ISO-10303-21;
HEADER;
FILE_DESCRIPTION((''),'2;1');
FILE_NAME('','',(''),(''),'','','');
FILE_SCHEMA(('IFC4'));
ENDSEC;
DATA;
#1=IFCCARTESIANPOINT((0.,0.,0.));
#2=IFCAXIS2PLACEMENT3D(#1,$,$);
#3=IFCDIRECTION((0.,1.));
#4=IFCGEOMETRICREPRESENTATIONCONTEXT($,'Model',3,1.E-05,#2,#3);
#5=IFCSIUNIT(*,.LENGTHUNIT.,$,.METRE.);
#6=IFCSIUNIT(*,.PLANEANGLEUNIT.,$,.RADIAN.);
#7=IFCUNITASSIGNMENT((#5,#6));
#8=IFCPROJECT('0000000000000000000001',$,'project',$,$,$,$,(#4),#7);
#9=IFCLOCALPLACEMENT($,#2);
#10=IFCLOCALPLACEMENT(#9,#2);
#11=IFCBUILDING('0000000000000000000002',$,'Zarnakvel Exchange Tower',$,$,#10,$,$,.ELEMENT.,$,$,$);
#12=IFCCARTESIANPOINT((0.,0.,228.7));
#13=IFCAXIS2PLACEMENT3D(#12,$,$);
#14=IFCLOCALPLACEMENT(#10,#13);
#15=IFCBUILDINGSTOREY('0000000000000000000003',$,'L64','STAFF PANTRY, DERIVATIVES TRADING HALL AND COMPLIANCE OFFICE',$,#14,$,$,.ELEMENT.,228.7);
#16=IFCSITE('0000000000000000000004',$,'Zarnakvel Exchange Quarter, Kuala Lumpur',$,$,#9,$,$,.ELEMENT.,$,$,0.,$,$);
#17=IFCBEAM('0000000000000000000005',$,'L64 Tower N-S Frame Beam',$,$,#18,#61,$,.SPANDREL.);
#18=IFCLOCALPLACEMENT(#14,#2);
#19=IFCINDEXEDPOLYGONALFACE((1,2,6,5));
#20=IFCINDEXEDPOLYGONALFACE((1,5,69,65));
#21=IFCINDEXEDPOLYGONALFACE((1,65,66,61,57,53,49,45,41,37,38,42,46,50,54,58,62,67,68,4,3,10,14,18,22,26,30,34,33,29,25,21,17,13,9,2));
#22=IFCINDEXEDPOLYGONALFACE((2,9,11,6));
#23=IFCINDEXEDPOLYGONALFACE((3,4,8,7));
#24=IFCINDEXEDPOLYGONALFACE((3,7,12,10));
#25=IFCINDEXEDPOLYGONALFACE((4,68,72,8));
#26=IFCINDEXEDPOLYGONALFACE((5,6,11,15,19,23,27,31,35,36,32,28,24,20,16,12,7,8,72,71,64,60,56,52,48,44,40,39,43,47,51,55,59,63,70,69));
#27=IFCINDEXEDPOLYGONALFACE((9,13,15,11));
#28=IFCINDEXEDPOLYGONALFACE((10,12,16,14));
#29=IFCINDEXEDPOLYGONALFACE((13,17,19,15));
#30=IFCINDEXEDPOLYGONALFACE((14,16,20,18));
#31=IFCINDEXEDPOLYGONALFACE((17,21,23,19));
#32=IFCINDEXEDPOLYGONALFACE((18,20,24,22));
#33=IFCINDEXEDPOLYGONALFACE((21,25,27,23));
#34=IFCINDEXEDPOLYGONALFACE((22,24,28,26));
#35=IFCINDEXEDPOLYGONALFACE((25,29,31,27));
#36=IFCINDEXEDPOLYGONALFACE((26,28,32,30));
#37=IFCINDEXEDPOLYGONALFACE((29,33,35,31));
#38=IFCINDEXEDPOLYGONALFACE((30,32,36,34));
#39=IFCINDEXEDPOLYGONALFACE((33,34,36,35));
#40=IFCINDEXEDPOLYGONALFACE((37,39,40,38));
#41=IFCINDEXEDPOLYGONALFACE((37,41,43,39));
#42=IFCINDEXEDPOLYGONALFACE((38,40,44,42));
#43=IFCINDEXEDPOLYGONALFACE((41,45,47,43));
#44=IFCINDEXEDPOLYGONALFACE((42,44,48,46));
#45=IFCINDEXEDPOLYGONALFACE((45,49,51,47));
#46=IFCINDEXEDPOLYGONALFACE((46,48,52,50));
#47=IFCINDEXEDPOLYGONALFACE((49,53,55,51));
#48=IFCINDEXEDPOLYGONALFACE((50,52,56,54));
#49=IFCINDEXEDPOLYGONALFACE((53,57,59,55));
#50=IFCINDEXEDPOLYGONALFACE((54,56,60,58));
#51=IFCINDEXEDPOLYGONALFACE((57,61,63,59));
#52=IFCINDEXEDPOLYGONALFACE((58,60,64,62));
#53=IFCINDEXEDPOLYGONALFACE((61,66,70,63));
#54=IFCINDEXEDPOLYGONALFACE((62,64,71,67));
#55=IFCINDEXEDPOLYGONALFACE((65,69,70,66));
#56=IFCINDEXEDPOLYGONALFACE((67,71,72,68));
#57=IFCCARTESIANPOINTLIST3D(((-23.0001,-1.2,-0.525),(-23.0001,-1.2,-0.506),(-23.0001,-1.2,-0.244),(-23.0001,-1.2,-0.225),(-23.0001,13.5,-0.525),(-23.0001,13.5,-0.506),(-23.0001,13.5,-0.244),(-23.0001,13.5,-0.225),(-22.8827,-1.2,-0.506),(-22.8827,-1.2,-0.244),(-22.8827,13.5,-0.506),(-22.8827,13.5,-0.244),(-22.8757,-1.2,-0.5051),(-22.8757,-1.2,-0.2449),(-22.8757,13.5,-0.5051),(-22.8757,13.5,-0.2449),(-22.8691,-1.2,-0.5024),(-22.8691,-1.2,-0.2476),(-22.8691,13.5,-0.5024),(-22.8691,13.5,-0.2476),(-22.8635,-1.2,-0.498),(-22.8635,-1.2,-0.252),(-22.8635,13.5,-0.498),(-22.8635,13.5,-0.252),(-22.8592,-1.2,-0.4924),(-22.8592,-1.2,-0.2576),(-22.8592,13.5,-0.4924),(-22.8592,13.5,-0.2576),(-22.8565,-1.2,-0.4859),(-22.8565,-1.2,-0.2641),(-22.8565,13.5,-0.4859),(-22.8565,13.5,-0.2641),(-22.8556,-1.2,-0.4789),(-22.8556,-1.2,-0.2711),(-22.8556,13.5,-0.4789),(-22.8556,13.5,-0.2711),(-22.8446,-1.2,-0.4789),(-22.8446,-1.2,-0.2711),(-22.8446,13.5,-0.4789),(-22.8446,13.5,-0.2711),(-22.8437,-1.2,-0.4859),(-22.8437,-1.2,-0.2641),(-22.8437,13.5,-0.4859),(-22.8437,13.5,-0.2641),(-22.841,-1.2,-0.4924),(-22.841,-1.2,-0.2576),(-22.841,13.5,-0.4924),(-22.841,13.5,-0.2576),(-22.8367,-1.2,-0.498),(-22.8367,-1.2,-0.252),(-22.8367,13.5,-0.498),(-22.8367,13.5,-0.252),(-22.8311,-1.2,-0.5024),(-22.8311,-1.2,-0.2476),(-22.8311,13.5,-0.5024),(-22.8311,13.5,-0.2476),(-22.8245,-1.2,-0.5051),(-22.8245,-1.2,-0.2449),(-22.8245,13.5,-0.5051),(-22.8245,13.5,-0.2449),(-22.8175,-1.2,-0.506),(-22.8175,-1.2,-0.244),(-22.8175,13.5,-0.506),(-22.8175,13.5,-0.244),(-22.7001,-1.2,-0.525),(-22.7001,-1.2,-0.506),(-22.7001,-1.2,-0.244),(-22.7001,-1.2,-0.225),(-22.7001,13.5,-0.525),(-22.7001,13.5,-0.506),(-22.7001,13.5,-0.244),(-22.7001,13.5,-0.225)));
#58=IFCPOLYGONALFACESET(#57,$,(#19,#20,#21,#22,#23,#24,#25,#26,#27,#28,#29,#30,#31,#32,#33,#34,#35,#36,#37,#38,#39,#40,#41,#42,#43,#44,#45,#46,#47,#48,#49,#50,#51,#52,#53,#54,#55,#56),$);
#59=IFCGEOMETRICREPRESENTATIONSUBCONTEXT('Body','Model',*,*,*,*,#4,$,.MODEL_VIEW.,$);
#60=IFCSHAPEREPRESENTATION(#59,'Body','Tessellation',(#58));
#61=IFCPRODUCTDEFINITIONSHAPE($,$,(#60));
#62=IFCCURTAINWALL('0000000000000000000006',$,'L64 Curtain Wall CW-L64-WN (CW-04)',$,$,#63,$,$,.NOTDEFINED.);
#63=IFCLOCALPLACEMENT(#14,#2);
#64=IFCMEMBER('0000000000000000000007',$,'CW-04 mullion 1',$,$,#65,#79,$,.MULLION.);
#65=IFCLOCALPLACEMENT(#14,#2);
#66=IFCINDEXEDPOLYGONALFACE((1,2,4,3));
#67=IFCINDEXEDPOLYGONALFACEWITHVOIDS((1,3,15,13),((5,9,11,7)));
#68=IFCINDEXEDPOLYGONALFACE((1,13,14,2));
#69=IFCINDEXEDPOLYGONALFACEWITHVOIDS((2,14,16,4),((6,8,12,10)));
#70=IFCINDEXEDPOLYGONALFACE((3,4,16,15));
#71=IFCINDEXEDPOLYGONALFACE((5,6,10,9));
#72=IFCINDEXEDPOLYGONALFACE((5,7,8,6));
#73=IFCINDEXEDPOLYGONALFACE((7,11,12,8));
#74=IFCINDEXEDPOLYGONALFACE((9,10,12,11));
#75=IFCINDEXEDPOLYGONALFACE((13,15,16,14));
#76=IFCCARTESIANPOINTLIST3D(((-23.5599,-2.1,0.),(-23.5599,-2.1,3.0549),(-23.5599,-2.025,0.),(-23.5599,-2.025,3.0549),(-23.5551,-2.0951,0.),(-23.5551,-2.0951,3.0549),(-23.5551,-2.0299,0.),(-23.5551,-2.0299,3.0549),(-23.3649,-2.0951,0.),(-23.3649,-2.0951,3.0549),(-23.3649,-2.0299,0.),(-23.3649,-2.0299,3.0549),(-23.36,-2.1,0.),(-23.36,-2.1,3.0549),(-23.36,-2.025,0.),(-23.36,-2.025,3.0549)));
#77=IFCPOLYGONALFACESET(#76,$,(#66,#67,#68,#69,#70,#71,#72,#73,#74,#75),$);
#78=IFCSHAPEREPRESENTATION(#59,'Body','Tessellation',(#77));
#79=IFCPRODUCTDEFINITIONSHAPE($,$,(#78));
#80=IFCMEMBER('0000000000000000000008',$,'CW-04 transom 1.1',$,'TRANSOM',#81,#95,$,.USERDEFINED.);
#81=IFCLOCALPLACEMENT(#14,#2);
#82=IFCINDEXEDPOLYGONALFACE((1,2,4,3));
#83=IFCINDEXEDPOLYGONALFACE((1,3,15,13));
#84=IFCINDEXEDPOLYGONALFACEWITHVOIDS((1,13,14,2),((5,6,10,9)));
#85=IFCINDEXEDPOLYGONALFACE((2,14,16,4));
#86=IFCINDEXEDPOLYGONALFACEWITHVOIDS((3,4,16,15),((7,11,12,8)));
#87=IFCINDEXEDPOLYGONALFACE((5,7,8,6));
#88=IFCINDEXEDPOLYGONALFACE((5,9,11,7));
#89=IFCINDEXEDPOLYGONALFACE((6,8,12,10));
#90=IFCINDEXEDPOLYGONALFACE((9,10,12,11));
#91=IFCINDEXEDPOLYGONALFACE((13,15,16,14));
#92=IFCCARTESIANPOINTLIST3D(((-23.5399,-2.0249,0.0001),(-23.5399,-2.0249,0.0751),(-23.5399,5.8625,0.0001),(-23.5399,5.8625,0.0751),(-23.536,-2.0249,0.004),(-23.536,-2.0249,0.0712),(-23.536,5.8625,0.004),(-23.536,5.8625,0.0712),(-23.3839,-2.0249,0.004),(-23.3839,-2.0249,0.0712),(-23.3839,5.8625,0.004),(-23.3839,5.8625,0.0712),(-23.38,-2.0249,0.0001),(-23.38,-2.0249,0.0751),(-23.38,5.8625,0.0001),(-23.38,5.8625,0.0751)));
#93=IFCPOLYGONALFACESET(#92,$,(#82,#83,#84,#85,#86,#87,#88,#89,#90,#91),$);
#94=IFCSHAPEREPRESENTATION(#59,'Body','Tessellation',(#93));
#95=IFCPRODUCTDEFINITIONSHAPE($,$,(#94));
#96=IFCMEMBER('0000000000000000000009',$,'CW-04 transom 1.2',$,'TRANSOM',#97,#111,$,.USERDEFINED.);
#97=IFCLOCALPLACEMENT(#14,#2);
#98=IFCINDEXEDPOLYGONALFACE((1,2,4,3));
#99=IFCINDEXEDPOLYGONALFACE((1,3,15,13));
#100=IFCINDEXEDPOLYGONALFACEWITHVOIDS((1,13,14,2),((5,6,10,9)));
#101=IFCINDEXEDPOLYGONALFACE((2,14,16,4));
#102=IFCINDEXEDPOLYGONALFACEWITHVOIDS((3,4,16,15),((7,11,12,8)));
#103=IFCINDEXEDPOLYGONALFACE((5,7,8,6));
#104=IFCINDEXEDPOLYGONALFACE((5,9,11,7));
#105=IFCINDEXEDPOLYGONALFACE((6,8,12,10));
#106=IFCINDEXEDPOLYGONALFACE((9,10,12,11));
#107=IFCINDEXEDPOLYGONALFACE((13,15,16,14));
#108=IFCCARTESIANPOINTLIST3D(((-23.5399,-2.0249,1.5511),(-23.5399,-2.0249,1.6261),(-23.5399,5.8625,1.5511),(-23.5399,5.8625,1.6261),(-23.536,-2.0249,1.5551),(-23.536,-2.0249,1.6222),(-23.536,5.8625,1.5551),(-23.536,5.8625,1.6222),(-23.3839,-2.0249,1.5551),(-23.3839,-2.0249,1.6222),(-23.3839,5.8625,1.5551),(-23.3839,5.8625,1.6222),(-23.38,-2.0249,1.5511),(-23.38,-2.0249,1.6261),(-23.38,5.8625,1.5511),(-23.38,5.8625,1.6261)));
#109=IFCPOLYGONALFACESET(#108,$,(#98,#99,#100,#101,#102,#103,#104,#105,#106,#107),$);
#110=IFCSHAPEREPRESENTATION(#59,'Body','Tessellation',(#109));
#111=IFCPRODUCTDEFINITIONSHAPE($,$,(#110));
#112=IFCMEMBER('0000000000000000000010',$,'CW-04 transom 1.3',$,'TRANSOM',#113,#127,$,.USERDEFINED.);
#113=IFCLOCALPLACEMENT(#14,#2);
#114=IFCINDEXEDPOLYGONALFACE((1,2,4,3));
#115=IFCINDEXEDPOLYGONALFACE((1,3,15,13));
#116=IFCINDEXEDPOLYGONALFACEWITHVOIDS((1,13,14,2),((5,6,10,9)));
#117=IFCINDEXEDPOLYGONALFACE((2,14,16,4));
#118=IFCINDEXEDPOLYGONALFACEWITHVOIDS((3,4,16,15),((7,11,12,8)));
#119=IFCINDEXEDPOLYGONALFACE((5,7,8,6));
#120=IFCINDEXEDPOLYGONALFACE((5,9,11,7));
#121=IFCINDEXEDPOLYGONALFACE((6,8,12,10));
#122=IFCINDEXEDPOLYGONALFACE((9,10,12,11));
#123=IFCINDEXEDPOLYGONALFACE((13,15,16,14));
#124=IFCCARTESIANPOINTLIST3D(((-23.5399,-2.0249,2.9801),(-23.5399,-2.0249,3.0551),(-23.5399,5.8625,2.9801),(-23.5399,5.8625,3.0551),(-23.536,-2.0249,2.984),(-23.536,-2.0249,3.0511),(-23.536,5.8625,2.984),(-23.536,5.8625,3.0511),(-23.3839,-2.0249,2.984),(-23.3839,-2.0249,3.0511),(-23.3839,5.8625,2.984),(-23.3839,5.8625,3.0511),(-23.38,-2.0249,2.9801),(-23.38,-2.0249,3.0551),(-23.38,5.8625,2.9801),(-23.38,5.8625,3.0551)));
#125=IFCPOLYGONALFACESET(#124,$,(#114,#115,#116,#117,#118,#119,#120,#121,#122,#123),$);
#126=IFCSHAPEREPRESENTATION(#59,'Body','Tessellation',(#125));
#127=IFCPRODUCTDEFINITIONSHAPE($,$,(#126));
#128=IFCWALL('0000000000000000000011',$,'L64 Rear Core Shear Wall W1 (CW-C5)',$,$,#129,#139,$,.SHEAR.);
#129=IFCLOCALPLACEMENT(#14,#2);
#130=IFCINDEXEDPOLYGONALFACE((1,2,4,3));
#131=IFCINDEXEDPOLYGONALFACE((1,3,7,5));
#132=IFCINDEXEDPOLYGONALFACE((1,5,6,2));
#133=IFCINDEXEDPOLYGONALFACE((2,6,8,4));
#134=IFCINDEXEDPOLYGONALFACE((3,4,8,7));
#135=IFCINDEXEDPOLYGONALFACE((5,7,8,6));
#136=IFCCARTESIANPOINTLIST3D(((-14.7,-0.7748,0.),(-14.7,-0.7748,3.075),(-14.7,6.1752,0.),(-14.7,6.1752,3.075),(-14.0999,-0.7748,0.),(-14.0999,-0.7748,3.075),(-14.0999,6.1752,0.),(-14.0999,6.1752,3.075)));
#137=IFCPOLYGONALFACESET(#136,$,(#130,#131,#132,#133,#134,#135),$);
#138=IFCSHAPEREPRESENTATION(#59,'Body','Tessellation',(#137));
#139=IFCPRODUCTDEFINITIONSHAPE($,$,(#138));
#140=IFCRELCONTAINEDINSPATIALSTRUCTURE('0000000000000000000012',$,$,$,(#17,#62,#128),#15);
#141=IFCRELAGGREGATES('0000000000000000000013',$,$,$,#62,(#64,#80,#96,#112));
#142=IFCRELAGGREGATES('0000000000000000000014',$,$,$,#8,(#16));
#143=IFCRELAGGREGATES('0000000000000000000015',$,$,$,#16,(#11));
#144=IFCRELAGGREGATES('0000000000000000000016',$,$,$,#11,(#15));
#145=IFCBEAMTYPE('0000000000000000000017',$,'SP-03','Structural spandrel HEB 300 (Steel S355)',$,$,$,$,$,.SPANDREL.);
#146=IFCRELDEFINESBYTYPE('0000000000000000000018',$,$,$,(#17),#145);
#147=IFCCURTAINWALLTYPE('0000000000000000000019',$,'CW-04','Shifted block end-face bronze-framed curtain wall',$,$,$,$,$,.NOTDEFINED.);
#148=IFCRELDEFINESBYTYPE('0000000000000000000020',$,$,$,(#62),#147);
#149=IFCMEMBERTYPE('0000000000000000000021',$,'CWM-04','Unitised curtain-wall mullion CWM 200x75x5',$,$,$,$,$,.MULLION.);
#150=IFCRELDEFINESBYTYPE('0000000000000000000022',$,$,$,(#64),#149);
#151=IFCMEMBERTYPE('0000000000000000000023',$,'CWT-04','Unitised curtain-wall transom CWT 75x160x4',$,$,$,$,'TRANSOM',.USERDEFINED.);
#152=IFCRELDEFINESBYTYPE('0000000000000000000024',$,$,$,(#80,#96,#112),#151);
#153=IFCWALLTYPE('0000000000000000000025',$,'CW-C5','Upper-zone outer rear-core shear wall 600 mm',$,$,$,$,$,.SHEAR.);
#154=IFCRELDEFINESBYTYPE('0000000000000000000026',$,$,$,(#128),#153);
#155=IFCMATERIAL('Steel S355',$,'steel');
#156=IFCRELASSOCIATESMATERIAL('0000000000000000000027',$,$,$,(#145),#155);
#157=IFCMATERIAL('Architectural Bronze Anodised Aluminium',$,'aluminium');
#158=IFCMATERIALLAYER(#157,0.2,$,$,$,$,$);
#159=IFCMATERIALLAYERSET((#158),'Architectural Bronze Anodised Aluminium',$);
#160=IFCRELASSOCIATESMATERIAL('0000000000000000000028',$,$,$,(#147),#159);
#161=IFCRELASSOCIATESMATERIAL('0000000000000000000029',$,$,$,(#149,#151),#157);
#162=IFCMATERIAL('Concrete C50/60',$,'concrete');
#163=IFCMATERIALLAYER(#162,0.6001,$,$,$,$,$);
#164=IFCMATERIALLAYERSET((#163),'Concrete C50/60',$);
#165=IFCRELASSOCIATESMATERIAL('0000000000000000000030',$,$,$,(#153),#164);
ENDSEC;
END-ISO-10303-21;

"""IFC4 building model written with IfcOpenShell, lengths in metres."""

from ifc_helpers import new_model, si_unit, direction, frame, frame_2d, origin, origin_2d, place, context, subcontext, project, spatial, rectangle, hollow_rectangle, i_section, extrude, source, transform, mapped, material, layer, layer_set, material_profile, profile_set, type_object, element, aggregate, save


model = new_model("IFC4")

# Units and contexts
model_context = context("Model", 3, precision=1e-05, world=origin(), true_north=direction((0.0, 1.0)))
body_context = subcontext(model_context, "Body", "Model", "MODEL_VIEW")
ifc_project = project(units=[si_unit("LENGTHUNIT", "METRE"), si_unit("PLANEANGLEUNIT", "RADIAN")], contexts=[model_context])

# Site, building, storey
site_placement = place(None, origin())
site = spatial("IfcSite", under=ifc_project, at=site_placement, Name="Zarnakvel Exchange Quarter, Kuala Lumpur", CompositionType="ELEMENT", RefElevation=0.0)
building_placement = place(site_placement, origin())
building = spatial("IfcBuilding", under=site, at=building_placement, Name="Zarnakvel Exchange Tower", CompositionType="ELEMENT")
storey_placement = place(building_placement, frame((0.0, 0.0, 228.7)))
storey = spatial("IfcBuildingStorey", under=building, at=storey_placement, Name="L64", Description="STAFF PANTRY, DERIVATIVES TRADING HALL AND COMPLIANCE OFFICE", CompositionType="ELEMENT", Elevation=228.7)

# Shared definitions
ifc_material_1 = material(Name="Concrete C50/60", Category="concrete")
ifc_material_2 = material(Name="Steel S355", Category="steel")

# Beam
ifc_material_profile_1 = material_profile(ifc_material_2, i_section(OverallWidth=0.3, OverallDepth=0.3, WebThickness=0.011, FlangeThickness=0.019, FilletRadius=0.0271, at=origin_2d()))
ifc_profile_set_1 = profile_set([ifc_material_profile_1], Name="Steel S355")
beam_type_1 = type_object("IfcBeamType", Name="SP-03", Description="Structural spandrel HEB 300 (Steel S355)", PredefinedType="SPANDREL", material=ifc_profile_set_1)
beam_1_placement = place(storey_placement, frame((-22.8501, -1.2, -0.375), z_axis=(0.0, 1.0, 0.0), x_axis=(-1.0, 0.0, 0.0)))
element("IfcBeam", 1, at=beam_1_placement, inside=storey, type_object=beam_type_1, Name="L64 Tower N-S Frame Beam", PredefinedType="SPANDREL", context=body_context, shape_type="SweptSolid", body=[
    extrude(i_section(OverallWidth=0.3, OverallDepth=0.3, WebThickness=0.011, FlangeThickness=0.019, FilletRadius=0.0271, at=origin_2d()), origin(), (0.0, 0.0, 1.0), 14.7),
])

# Curtain wall, members
ifc_material_3 = material(Name="Architectural Bronze Anodised Aluminium", Category="aluminium")
ifc_layer_1 = layer(ifc_material_3, 0.2)
ifc_layer_set_1 = layer_set([ifc_layer_1], Name="Architectural Bronze Anodised Aluminium")
curtain_wall_type = type_object("IfcCurtainWallType", Name="CW-04", Description="Shifted block end-face bronze-framed curtain wall", PredefinedType="NOTDEFINED", material=ifc_layer_set_1)
curtain_wall_placement = place(storey_placement, origin())
curtain_wall = element("IfcCurtainWall", 2, at=curtain_wall_placement, inside=storey, type_object=curtain_wall_type, Name="L64 Curtain Wall CW-L64-WN (CW-04)", PredefinedType="NOTDEFINED")
ifc_material_profile_2 = material_profile(ifc_material_3, hollow_rectangle(XDim=0.2, YDim=0.075, WallThickness=0.0049, at=origin_2d()))
ifc_profile_set_2 = profile_set([ifc_material_profile_2], Name="Architectural Bronze Anodised Aluminium")
member_type_1 = type_object("IfcMemberType", Name="CWM-04", Description="Unitised curtain-wall mullion CWM 200x75x5", PredefinedType="MULLION", material=ifc_profile_set_2)
shared_shape_1 = source(origin(), body_context, "Body", "SweptSolid", [
    extrude(hollow_rectangle(XDim=0.2, YDim=0.075, WallThickness=0.0049, at=origin_2d()), origin(), (0.0, 0.0, 1.0), 3.0549),
])
member_1_placement = place(storey_placement, frame((-23.46, -2.0625, 0.0), z_axis=(0.0, 0.0, 1.0), x_axis=(-1.0, 0.0, 0.0)))
member_1 = element("IfcMember", 3, at=member_1_placement, type_object=member_type_1, Name="CW-04 mullion 1", PredefinedType="MULLION", context=body_context, shape_type="MappedRepresentation", body=[
    mapped(shared_shape_1, transform((0.0, 0.0, 0.0), x_axis=(1.0, 0.0, 0.0), y_axis=(0.0, 1.0, 0.0), z_axis=(0.0, 0.0, 1.0), scale=1.0)),
])
ifc_material_profile_3 = material_profile(ifc_material_3, hollow_rectangle(XDim=0.1599, YDim=0.075, WallThickness=0.0039, at=origin_2d()))
ifc_profile_set_3 = profile_set([ifc_material_profile_3], Name="Architectural Bronze Anodised Aluminium")
member_type_2 = type_object("IfcMemberType", Name="CWT-04", Description="Unitised curtain-wall transom CWT 75x160x4", ElementType="TRANSOM", PredefinedType="USERDEFINED", material=ifc_profile_set_3)
shared_shape_2 = source(origin(), body_context, "Body", "SweptSolid", [
    extrude(hollow_rectangle(XDim=0.1599, YDim=0.075, WallThickness=0.0039, at=origin_2d()), origin(), (0.0, 0.0, 1.0), 7.8875),
])
member_2_placement = place(storey_placement, frame((-23.46, -2.0249, 0.0376), z_axis=(0.0, 1.0, 0.0), x_axis=(-1.0, 0.0, 0.0)))
member_2 = element("IfcMember", 4, at=member_2_placement, type_object=member_type_2, Name="CW-04 transom 1.1", ObjectType="TRANSOM", PredefinedType="USERDEFINED", context=body_context, shape_type="MappedRepresentation", body=[
    mapped(shared_shape_2, transform((0.0, 0.0, 0.0), x_axis=(1.0, 0.0, 0.0), y_axis=(0.0, 1.0, 0.0), z_axis=(0.0, 0.0, 1.0), scale=1.0)),
])
member_3_placement = place(storey_placement, frame((-23.46, -2.0249, 1.5886), z_axis=(0.0, 1.0, 0.0), x_axis=(-1.0, 0.0, 0.0)))
member_3 = element("IfcMember", 5, at=member_3_placement, type_object=member_type_2, Name="CW-04 transom 1.2", ObjectType="TRANSOM", PredefinedType="USERDEFINED", context=body_context, shape_type="MappedRepresentation", body=[
    mapped(shared_shape_2, transform((0.0, 0.0, 0.0), x_axis=(1.0, 0.0, 0.0), y_axis=(0.0, 1.0, 0.0), z_axis=(0.0, 0.0, 1.0), scale=1.0)),
])
member_4_placement = place(storey_placement, frame((-23.46, -2.0249, 3.0176), z_axis=(0.0, 1.0, 0.0), x_axis=(-1.0, 0.0, 0.0)))
member_4 = element("IfcMember", 6, at=member_4_placement, type_object=member_type_2, Name="CW-04 transom 1.3", ObjectType="TRANSOM", PredefinedType="USERDEFINED", context=body_context, shape_type="MappedRepresentation", body=[
    mapped(shared_shape_2, transform((0.0, 0.0, 0.0), x_axis=(1.0, 0.0, 0.0), y_axis=(0.0, 1.0, 0.0), z_axis=(0.0, 0.0, 1.0), scale=1.0)),
])
aggregate(curtain_wall, [member_1, member_2, member_3, member_4])

# Wall
ifc_layer_2 = layer(ifc_material_1, 0.6001)
ifc_layer_set_2 = layer_set([ifc_layer_2], Name="Concrete C50/60")
wall_type_1 = type_object("IfcWallType", Name="CW-C5", Description="Upper-zone outer rear-core shear wall 600 mm", PredefinedType="SHEAR", material=ifc_layer_set_2)
wall_1_placement = place(storey_placement, frame((-14.3999, -0.7749, 0.0), z_axis=(0.0, 0.0, 1.0), x_axis=(0.0, 1.0, 0.0)))
element("IfcWall", 7, at=wall_1_placement, inside=storey, type_object=wall_type_1, Name="L64 Rear Core Shear Wall W1 (CW-C5)", PredefinedType="SHEAR", context=body_context, shape_type="SweptSolid", body=[
    extrude(rectangle(XDim=6.95, YDim=0.6001, at=frame_2d((3.4751, 0.0))), origin(), (0.0, 0.0, 1.0), 3.075),
])

save(model, "model.ifc")
